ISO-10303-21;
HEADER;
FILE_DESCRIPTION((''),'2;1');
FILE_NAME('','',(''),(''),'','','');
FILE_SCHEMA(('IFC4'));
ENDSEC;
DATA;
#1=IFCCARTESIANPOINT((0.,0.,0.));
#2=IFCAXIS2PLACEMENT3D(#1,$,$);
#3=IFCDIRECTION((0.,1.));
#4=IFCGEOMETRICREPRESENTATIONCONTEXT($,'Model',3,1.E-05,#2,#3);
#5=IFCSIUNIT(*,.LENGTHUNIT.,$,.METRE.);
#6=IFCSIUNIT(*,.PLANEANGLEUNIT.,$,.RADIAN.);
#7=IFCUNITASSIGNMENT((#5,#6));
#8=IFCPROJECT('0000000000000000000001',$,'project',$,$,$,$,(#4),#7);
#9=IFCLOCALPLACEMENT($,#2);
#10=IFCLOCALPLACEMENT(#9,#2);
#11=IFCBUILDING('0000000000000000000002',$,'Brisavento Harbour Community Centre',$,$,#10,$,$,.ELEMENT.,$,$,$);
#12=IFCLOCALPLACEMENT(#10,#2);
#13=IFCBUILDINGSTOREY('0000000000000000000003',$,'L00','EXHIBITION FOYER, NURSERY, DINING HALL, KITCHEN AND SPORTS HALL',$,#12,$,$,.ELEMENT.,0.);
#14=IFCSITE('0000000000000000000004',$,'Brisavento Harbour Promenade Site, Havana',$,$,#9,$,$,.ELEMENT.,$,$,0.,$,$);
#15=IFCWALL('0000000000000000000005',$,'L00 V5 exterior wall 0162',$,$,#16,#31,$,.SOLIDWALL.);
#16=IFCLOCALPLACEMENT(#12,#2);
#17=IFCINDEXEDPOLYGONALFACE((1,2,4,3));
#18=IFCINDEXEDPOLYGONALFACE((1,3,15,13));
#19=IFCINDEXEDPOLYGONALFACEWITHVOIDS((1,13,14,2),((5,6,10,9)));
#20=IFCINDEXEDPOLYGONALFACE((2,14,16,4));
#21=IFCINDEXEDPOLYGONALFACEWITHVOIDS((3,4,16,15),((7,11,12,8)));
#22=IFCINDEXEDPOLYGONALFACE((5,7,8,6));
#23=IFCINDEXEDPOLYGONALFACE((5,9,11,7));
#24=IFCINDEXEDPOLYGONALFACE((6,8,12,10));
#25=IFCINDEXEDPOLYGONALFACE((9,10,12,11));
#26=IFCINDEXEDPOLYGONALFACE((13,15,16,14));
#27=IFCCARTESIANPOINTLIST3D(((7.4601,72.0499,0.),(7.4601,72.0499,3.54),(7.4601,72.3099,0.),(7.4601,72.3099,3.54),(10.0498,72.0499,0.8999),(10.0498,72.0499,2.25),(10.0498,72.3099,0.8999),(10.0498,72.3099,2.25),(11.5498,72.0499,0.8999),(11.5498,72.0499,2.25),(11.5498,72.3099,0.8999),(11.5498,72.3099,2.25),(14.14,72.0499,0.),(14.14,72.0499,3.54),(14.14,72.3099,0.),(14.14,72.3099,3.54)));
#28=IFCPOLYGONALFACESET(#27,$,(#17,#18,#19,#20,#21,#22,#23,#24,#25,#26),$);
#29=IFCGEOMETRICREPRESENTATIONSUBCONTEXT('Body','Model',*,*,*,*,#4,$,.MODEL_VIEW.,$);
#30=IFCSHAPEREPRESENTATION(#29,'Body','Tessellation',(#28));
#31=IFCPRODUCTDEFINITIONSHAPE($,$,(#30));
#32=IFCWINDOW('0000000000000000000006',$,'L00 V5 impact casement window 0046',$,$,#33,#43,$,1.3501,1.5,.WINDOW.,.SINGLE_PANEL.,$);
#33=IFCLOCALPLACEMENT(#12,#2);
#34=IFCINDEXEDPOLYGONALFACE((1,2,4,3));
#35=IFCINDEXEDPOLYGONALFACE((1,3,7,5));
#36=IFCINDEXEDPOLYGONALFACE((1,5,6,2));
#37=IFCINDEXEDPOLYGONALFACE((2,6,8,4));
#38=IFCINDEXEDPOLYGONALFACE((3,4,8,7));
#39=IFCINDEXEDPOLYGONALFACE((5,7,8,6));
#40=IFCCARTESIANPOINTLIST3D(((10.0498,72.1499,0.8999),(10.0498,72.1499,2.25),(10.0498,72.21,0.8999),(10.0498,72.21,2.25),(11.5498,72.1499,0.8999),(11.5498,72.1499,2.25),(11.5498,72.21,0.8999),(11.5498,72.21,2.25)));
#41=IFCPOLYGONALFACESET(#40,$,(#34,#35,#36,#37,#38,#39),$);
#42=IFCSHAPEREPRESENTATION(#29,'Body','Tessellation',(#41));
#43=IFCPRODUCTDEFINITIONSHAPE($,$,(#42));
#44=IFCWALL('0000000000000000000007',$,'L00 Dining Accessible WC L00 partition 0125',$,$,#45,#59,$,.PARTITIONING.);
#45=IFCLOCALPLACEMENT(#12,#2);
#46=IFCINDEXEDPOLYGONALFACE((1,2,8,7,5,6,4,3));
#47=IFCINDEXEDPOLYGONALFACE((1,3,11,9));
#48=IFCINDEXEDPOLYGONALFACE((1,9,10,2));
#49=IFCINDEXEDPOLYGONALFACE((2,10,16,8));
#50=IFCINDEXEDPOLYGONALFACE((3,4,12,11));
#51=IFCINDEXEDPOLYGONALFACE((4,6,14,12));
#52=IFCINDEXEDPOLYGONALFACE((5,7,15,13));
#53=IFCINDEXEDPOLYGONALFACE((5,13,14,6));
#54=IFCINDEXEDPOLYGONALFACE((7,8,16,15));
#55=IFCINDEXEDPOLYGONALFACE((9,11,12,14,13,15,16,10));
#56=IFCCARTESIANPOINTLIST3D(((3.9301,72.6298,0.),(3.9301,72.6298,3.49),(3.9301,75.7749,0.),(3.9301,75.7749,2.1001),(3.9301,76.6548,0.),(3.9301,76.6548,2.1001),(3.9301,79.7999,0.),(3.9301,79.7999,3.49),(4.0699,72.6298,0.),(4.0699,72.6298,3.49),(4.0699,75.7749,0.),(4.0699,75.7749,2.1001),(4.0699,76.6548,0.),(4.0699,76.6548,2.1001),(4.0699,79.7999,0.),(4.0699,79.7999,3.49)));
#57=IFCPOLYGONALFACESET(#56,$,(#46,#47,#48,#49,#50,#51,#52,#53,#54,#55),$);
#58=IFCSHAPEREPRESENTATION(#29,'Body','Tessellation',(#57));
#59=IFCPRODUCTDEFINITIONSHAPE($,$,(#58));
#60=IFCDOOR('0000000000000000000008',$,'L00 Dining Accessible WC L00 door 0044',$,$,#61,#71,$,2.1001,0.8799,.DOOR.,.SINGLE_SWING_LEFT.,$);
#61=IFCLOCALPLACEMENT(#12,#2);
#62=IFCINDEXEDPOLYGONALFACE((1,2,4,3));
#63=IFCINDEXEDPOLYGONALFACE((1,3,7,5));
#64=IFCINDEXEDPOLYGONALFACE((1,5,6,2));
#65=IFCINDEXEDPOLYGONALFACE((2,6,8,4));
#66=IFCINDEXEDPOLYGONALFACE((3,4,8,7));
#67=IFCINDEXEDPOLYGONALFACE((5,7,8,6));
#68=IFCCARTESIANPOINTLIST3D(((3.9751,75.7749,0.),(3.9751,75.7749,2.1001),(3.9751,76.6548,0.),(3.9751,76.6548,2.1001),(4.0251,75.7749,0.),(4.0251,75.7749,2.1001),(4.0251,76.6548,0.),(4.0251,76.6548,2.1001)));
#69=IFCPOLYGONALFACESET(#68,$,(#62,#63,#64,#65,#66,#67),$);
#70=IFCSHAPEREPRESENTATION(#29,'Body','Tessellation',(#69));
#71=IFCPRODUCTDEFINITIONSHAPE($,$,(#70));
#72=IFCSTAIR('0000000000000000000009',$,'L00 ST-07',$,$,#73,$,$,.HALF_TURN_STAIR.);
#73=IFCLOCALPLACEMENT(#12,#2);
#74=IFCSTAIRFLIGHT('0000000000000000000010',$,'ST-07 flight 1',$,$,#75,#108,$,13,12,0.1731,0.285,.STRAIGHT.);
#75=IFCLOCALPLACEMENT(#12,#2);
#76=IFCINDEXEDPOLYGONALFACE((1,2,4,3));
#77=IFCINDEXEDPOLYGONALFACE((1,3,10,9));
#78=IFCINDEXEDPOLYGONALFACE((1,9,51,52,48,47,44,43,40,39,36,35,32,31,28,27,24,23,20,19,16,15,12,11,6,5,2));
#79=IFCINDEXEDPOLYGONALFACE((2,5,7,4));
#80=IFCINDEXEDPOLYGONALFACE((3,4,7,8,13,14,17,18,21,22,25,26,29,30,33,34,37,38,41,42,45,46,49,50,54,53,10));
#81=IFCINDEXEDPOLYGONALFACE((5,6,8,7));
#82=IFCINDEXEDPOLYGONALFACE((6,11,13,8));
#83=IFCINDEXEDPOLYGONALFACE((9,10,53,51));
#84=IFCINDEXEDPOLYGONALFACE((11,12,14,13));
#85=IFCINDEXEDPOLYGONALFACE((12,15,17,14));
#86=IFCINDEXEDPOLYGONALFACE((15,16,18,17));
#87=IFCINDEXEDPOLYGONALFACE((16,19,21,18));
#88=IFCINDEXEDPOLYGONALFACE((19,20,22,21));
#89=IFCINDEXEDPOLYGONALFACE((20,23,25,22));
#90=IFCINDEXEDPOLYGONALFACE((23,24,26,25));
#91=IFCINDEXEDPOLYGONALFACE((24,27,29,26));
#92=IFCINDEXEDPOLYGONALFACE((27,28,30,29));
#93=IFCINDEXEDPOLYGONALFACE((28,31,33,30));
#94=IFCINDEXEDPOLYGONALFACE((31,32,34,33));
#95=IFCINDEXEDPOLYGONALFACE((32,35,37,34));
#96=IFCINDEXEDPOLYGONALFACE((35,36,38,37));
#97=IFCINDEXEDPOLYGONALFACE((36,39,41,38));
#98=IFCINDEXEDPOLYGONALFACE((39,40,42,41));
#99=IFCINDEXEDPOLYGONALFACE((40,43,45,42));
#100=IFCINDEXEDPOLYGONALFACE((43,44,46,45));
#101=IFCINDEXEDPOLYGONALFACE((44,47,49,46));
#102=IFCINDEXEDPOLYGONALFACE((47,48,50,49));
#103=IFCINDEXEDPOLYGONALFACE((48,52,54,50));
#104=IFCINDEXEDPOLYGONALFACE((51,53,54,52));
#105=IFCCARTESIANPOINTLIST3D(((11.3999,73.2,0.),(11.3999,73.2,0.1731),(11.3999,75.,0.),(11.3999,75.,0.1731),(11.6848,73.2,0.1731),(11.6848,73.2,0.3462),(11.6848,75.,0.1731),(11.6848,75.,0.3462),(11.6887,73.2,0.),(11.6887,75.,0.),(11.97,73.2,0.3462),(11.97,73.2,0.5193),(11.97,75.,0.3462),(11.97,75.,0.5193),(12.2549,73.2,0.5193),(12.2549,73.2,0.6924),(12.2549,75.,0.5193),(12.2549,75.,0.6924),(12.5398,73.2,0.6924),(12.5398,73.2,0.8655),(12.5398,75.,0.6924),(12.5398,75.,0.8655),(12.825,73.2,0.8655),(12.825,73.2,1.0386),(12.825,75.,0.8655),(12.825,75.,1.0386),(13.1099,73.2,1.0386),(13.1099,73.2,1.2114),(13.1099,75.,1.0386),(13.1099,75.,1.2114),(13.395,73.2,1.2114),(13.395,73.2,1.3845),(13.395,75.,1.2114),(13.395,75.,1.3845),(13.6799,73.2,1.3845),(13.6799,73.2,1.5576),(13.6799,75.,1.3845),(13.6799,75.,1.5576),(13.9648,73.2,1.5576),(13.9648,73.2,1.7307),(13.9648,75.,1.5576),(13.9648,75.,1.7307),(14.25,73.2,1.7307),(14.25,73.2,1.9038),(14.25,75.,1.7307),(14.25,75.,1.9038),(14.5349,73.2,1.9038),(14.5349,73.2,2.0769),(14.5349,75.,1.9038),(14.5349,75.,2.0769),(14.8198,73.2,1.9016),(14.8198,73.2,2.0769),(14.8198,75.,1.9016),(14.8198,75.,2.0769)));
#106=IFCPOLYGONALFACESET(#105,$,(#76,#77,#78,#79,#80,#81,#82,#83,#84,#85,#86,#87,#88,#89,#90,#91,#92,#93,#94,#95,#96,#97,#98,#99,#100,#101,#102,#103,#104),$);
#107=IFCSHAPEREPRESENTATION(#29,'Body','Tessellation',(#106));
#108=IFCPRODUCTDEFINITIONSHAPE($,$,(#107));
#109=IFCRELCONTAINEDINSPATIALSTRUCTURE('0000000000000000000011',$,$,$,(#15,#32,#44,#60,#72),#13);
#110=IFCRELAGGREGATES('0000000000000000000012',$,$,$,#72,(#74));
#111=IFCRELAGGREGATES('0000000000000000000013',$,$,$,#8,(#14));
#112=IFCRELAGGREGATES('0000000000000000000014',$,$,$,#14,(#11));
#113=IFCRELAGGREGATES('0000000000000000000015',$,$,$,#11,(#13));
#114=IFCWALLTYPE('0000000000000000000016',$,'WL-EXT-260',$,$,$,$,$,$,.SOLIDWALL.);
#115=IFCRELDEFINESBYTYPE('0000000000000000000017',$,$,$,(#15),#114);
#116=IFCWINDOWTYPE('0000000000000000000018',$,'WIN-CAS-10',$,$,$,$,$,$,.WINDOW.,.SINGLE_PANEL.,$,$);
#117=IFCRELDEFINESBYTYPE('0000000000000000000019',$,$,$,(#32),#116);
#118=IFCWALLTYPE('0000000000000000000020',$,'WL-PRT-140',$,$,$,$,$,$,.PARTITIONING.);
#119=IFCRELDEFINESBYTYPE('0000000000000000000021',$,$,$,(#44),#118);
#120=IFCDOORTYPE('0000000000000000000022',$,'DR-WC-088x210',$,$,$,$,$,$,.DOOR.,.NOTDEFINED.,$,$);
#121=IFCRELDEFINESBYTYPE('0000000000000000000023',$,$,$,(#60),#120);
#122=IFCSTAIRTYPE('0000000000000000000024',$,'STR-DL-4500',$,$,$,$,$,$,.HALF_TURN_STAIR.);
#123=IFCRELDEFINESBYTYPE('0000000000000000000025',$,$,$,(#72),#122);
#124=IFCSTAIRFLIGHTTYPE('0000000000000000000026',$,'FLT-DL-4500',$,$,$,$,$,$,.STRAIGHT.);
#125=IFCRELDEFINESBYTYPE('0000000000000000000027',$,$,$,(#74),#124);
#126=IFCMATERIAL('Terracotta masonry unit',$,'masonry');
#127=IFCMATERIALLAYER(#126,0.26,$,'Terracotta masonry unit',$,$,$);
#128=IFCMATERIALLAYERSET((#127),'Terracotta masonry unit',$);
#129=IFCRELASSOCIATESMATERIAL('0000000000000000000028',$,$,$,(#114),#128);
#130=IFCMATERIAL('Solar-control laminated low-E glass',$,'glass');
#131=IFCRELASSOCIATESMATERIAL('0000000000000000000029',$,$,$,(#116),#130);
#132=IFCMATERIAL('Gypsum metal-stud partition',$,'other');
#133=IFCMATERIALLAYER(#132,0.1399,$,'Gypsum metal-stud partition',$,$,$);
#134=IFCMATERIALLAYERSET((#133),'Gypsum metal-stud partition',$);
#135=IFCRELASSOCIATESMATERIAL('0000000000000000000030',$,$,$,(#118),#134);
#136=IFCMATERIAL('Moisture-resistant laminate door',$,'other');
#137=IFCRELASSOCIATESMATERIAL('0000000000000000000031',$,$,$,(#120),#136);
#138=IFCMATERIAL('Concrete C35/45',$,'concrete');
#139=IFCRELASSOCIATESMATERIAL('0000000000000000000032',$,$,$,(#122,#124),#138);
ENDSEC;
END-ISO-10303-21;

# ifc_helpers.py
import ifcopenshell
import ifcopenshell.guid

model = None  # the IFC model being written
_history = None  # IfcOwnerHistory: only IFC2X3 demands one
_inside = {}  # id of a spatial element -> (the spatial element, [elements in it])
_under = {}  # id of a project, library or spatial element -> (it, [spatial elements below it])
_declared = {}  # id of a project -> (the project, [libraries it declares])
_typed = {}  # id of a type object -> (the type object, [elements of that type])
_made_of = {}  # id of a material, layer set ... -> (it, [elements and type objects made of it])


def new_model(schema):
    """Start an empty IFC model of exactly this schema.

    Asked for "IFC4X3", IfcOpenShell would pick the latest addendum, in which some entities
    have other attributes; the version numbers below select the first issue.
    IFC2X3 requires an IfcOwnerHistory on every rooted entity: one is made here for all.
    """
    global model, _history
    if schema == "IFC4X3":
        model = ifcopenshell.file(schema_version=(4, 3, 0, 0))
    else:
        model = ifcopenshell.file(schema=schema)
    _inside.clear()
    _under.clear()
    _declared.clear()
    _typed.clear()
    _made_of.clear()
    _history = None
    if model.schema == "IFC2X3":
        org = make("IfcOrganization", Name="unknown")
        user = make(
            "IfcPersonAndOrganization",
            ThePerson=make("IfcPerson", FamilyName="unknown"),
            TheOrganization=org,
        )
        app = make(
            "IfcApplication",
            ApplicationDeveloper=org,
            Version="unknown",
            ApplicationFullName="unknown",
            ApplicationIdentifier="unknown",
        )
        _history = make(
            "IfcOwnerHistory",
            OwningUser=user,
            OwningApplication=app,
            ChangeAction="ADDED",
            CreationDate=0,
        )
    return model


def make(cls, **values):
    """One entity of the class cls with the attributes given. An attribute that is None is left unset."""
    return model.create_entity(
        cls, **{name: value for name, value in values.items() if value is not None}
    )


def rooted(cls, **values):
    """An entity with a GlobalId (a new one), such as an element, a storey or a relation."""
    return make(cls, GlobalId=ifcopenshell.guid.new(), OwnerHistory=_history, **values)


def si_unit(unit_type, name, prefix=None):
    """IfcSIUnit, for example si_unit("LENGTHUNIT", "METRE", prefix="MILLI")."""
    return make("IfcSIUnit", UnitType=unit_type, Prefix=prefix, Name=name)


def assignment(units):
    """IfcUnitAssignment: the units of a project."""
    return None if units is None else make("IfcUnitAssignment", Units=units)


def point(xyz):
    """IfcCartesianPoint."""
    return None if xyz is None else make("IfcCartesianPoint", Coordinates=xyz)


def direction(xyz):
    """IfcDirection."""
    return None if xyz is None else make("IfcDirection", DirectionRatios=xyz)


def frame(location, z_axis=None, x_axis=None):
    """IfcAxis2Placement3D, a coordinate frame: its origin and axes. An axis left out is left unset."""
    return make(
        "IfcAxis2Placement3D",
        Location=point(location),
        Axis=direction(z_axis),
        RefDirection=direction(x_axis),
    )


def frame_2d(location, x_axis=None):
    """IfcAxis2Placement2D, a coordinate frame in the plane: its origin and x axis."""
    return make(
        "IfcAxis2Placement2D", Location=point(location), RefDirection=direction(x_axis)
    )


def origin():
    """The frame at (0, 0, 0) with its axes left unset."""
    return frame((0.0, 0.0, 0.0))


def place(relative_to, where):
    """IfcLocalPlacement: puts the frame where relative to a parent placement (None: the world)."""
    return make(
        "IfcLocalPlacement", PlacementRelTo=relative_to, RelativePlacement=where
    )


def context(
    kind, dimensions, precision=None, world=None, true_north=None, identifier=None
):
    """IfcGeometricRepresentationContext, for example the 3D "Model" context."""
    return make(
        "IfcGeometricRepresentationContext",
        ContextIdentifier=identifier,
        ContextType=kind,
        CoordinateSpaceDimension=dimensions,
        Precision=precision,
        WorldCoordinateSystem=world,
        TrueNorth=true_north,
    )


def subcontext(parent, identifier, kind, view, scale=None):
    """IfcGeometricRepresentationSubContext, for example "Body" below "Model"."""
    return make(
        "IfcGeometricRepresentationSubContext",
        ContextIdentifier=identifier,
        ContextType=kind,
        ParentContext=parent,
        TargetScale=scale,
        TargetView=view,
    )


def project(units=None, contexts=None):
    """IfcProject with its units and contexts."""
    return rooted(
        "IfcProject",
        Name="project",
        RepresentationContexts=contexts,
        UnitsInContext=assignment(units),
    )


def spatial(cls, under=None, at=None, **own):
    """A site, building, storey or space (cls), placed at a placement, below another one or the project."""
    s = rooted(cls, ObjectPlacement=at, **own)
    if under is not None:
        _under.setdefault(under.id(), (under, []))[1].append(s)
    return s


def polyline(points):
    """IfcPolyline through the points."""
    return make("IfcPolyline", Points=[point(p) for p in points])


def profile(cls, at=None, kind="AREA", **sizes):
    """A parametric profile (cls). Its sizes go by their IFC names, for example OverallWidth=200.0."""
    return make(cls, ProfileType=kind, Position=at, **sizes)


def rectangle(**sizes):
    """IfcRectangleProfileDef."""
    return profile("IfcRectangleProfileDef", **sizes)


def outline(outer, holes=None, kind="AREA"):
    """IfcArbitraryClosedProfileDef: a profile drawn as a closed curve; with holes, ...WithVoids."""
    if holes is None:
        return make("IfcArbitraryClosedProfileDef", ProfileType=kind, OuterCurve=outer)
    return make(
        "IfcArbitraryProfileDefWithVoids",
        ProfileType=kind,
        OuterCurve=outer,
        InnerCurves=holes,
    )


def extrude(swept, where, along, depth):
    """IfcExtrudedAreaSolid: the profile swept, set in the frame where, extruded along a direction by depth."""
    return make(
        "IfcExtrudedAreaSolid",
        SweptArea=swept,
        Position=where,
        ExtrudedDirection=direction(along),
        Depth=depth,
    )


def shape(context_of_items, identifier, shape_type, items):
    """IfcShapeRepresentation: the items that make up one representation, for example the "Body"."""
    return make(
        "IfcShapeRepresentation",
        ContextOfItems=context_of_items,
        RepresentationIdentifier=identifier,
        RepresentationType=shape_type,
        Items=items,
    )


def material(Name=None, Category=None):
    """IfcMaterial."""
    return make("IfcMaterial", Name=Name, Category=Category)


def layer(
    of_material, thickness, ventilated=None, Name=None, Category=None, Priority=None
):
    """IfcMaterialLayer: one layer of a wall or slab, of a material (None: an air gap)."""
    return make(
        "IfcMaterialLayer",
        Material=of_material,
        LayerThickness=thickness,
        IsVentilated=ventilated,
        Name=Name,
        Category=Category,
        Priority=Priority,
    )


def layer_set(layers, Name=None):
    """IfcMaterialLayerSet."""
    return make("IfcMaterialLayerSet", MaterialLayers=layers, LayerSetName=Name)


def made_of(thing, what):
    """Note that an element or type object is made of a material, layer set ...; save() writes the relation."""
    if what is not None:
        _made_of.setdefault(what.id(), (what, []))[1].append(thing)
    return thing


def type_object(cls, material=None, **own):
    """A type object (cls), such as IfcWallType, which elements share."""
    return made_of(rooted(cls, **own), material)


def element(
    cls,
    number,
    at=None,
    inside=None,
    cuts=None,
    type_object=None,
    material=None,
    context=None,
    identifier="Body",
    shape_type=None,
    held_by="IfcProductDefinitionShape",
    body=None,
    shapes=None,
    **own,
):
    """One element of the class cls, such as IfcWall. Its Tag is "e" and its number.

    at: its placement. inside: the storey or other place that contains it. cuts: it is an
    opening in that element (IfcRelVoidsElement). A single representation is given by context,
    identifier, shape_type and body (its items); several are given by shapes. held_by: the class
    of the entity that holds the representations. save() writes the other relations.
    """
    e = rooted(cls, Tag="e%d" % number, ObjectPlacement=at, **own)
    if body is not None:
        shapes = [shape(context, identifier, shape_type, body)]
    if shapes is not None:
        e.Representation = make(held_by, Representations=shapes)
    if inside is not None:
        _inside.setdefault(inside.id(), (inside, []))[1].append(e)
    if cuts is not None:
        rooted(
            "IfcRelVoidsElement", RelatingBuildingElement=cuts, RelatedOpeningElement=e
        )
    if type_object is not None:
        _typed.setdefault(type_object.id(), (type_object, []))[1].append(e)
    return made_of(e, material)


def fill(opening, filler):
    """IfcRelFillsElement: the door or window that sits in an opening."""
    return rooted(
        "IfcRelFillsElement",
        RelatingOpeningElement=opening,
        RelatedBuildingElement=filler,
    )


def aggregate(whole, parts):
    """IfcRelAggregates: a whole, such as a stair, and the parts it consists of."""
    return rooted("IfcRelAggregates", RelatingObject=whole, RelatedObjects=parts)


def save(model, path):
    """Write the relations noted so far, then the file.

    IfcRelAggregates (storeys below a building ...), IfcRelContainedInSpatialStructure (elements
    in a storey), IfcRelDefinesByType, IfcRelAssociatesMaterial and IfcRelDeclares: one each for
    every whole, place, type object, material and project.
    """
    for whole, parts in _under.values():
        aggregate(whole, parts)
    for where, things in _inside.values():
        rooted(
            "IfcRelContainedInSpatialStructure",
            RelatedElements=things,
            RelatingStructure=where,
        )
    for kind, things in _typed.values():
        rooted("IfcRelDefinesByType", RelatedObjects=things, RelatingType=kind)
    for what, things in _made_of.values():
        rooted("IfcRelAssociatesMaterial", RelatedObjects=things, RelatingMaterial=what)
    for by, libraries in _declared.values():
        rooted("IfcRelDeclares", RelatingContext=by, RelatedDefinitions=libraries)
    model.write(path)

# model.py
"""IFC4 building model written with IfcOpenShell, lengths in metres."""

from ifc_helpers import new_model, si_unit, direction, frame, frame_2d, origin, place, context, subcontext, project, spatial, polyline, rectangle, outline, extrude, material, layer, layer_set, type_object, element, fill, aggregate, save


model = new_model("IFC4")

# Units and contexts
model_context = context("Model", 3, precision=1e-05, world=origin(), true_north=direction((0.0, 1.0)))
body_context = subcontext(model_context, "Body", "Model", "MODEL_VIEW")
ifc_project = project(units=[si_unit("LENGTHUNIT", "METRE"), si_unit("PLANEANGLEUNIT", "RADIAN")], contexts=[model_context])

# Site, building, storey
site_placement = place(None, origin())
site = spatial("IfcSite", under=ifc_project, at=site_placement, Name="Brisavento Harbour Promenade Site, Havana", CompositionType="ELEMENT", RefElevation=0.0)
building_placement = place(site_placement, origin())
building = spatial("IfcBuilding", under=site, at=building_placement, Name="Brisavento Harbour Community Centre", CompositionType="ELEMENT")
storey_placement = place(building_placement, origin())
storey = spatial("IfcBuildingStorey", under=building, at=storey_placement, Name="L00", Description="EXHIBITION FOYER, NURSERY, DINING HALL, KITCHEN AND SPORTS HALL", CompositionType="ELEMENT", Elevation=0.0)

# Shared definitions
ifc_material_1 = material(Name="Concrete C35/45", Category="concrete")

# Shared definitions
ifc_material_2 = material(Name="Terracotta masonry unit", Category="masonry")
ifc_material_3 = material(Name="Solar-control laminated low-E glass", Category="glass")

# Wall, opening, window
ifc_layer_1 = layer(ifc_material_2, 0.26, Name="Terracotta masonry unit")
ifc_layer_set_1 = layer_set([ifc_layer_1], Name="Terracotta masonry unit")
wall_type_1 = type_object("IfcWallType", Name="WL-EXT-260", PredefinedType="SOLIDWALL", material=ifc_layer_set_1)
wall_1_placement = place(storey_placement, frame((14.1399, 72.1799, 0.0), z_axis=(0.0, 0.0, 1.0), x_axis=(-1.0, 0.0, 0.0)))
wall_1 = element("IfcWall", 1, at=wall_1_placement, inside=storey, type_object=wall_type_1, Name="L00 V5 exterior wall 0162", PredefinedType="SOLIDWALL", context=body_context, shape_type="SweptSolid", body=[
    extrude(rectangle(XDim=6.6799, YDim=0.26, at=frame_2d((3.3398, 0.0))), origin(), (0.0, 0.0, 1.0), 3.54),
])
opening_1_placement = place(wall_1_placement, frame((2.5901, 0.0, 0.8999)))
opening_1 = element("IfcOpeningElement", 2, at=opening_1_placement, cuts=wall_1, PredefinedType="OPENING", context=body_context, shape_type="SweptSolid", body=[
    extrude(rectangle(XDim=1.5, YDim=1.3501, at=frame_2d((0.75, 0.675))), frame((0.0, 0.1401, 0.0), z_axis=(0.0, -1.0, 0.0), x_axis=(1.0, 0.0, 0.0)), (0.0, 0.0, 1.0), 0.28),
])
window_type_1 = type_object("IfcWindowType", Name="WIN-CAS-10", PartitioningType="SINGLE_PANEL", PredefinedType="WINDOW", material=ifc_material_3)
window_1_placement = place(opening_1_placement, origin())
window_1 = element("IfcWindow", 3, at=window_1_placement, inside=storey, type_object=window_type_1, Name="L00 V5 impact casement window 0046", OverallHeight=1.3501, OverallWidth=1.5, PartitioningType="SINGLE_PANEL", PredefinedType="WINDOW", context=body_context, shape_type="SweptSolid", body=[
    extrude(rectangle(XDim=1.5, YDim=1.3501, at=frame_2d((0.75, 0.675))), frame((0.0, 0.03, 0.0), z_axis=(0.0, -1.0, 0.0), x_axis=(1.0, 0.0, 0.0)), (0.0, 0.0, 1.0), 0.0601),
])
fill(opening_1, window_1)

# Wall, opening, door
ifc_material_4 = material(Name="Gypsum metal-stud partition", Category="other")
ifc_layer_2 = layer(ifc_material_4, 0.1399, Name="Gypsum metal-stud partition")
ifc_layer_set_2 = layer_set([ifc_layer_2], Name="Gypsum metal-stud partition")
wall_type_2 = type_object("IfcWallType", Name="WL-PRT-140", PredefinedType="PARTITIONING", material=ifc_layer_set_2)
wall_2_placement = place(storey_placement, frame((4.0, 72.6299, 0.0), z_axis=(0.0, 0.0, 1.0), x_axis=(0.0, 1.0, 0.0)))
wall_2 = element("IfcWall", 4, at=wall_2_placement, inside=storey, type_object=wall_type_2, Name="L00 Dining Accessible WC L00 partition 0125", PredefinedType="PARTITIONING", context=body_context, shape_type="SweptSolid", body=[
    extrude(rectangle(XDim=7.1702, YDim=0.1399, at=frame_2d((3.585, 0.0))), origin(), (0.0, 0.0, 1.0), 3.49),
])
opening_2_placement = place(wall_2_placement, frame((3.145, 0.0, 0.0)))
opening_2 = element("IfcOpeningElement", 5, at=opening_2_placement, cuts=wall_2, PredefinedType="OPENING", context=body_context, shape_type="SweptSolid", body=[
    extrude(rectangle(XDim=0.8799, YDim=2.1001, at=frame_2d((0.4399, 1.05))), frame((0.0, 0.0801, 0.0), z_axis=(0.0, -1.0, 0.0), x_axis=(1.0, 0.0, 0.0)), (0.0, 0.0, 1.0), 0.1599),
])
ifc_material_5 = material(Name="Moisture-resistant laminate door", Category="other")
door_type_1 = type_object("IfcDoorType", Name="DR-WC-088x210", OperationType="NOTDEFINED", PredefinedType="DOOR", material=ifc_material_5)
door_1_placement = place(opening_2_placement, origin())
door_1 = element("IfcDoor", 6, at=door_1_placement, inside=storey, type_object=door_type_1, Name="L00 Dining Accessible WC L00 door 0044", OperationType="SINGLE_SWING_LEFT", OverallHeight=2.1001, OverallWidth=0.8799, PredefinedType="DOOR", context=body_context, shape_type="SweptSolid", body=[
    extrude(rectangle(XDim=0.8799, YDim=2.1001, at=frame_2d((0.4399, 1.05))), frame((0.0, 0.0249, 0.0), z_axis=(0.0, -1.0, 0.0), x_axis=(1.0, 0.0, 0.0)), (0.0, 0.0, 1.0), 0.05),
])
fill(opening_2, door_1)

# Stair, stair flight
stair_type = type_object("IfcStairType", Name="STR-DL-4500", PredefinedType="HALF_TURN_STAIR", material=ifc_material_1)
stair_placement = place(storey_placement, origin())
stair = element("IfcStair", 7, at=stair_placement, inside=storey, type_object=stair_type, Name="L00 ST-07", PredefinedType="HALF_TURN_STAIR")
stair_flight_type = type_object("IfcStairFlightType", Name="FLT-DL-4500", PredefinedType="STRAIGHT", material=ifc_material_1)
stair_flight_placement = place(storey_placement, frame((11.3999, 74.1001, 0.0), z_axis=(0.0, 0.0, 1.0), x_axis=(1.0, 0.0, 0.0)))
stair_flight = element("IfcStairFlight", 8, at=stair_flight_placement, type_object=stair_flight_type, Name="ST-07 flight 1", NumberOfRisers=13, NumberOfTreads=12, PredefinedType="STRAIGHT", RiserHeight=0.1731, TreadLength=0.285, context=body_context, shape_type="SweptSolid", body=[
    extrude(outline(polyline([(0.0, 0.0), (0.0, 0.1731), (0.2849, 0.1731), (0.2849, 0.3462), (0.5701, 0.3462), (0.5701, 0.5193), (0.855, 0.5193), (0.855, 0.6924), (1.1399, 0.6924), (1.1399, 0.8655), (1.425, 0.8655), (1.425, 1.0386), (1.71, 1.0386), (1.71, 1.2114), (1.9951, 1.2114), (1.9951, 1.3845), (2.28, 1.3845), (2.28, 1.5576), (2.5649, 1.5576), (2.5649, 1.7307), (2.8501, 1.7307), (2.8501, 1.9038), (3.135, 1.9038), (3.135, 2.0769), (3.4199, 2.0769), (3.4199, 2.25), (3.4199, 1.9016), (0.2888, 0.0), (0.0, 0.0)])), frame((0.0, 0.8999, 0.0), z_axis=(0.0, -1.0, 0.0), x_axis=(1.0, 0.0, 0.0)), (0.0, 0.0, 1.0), 1.8),
])
aggregate(stair, [stair_flight])

save(model, "model.ifc")
